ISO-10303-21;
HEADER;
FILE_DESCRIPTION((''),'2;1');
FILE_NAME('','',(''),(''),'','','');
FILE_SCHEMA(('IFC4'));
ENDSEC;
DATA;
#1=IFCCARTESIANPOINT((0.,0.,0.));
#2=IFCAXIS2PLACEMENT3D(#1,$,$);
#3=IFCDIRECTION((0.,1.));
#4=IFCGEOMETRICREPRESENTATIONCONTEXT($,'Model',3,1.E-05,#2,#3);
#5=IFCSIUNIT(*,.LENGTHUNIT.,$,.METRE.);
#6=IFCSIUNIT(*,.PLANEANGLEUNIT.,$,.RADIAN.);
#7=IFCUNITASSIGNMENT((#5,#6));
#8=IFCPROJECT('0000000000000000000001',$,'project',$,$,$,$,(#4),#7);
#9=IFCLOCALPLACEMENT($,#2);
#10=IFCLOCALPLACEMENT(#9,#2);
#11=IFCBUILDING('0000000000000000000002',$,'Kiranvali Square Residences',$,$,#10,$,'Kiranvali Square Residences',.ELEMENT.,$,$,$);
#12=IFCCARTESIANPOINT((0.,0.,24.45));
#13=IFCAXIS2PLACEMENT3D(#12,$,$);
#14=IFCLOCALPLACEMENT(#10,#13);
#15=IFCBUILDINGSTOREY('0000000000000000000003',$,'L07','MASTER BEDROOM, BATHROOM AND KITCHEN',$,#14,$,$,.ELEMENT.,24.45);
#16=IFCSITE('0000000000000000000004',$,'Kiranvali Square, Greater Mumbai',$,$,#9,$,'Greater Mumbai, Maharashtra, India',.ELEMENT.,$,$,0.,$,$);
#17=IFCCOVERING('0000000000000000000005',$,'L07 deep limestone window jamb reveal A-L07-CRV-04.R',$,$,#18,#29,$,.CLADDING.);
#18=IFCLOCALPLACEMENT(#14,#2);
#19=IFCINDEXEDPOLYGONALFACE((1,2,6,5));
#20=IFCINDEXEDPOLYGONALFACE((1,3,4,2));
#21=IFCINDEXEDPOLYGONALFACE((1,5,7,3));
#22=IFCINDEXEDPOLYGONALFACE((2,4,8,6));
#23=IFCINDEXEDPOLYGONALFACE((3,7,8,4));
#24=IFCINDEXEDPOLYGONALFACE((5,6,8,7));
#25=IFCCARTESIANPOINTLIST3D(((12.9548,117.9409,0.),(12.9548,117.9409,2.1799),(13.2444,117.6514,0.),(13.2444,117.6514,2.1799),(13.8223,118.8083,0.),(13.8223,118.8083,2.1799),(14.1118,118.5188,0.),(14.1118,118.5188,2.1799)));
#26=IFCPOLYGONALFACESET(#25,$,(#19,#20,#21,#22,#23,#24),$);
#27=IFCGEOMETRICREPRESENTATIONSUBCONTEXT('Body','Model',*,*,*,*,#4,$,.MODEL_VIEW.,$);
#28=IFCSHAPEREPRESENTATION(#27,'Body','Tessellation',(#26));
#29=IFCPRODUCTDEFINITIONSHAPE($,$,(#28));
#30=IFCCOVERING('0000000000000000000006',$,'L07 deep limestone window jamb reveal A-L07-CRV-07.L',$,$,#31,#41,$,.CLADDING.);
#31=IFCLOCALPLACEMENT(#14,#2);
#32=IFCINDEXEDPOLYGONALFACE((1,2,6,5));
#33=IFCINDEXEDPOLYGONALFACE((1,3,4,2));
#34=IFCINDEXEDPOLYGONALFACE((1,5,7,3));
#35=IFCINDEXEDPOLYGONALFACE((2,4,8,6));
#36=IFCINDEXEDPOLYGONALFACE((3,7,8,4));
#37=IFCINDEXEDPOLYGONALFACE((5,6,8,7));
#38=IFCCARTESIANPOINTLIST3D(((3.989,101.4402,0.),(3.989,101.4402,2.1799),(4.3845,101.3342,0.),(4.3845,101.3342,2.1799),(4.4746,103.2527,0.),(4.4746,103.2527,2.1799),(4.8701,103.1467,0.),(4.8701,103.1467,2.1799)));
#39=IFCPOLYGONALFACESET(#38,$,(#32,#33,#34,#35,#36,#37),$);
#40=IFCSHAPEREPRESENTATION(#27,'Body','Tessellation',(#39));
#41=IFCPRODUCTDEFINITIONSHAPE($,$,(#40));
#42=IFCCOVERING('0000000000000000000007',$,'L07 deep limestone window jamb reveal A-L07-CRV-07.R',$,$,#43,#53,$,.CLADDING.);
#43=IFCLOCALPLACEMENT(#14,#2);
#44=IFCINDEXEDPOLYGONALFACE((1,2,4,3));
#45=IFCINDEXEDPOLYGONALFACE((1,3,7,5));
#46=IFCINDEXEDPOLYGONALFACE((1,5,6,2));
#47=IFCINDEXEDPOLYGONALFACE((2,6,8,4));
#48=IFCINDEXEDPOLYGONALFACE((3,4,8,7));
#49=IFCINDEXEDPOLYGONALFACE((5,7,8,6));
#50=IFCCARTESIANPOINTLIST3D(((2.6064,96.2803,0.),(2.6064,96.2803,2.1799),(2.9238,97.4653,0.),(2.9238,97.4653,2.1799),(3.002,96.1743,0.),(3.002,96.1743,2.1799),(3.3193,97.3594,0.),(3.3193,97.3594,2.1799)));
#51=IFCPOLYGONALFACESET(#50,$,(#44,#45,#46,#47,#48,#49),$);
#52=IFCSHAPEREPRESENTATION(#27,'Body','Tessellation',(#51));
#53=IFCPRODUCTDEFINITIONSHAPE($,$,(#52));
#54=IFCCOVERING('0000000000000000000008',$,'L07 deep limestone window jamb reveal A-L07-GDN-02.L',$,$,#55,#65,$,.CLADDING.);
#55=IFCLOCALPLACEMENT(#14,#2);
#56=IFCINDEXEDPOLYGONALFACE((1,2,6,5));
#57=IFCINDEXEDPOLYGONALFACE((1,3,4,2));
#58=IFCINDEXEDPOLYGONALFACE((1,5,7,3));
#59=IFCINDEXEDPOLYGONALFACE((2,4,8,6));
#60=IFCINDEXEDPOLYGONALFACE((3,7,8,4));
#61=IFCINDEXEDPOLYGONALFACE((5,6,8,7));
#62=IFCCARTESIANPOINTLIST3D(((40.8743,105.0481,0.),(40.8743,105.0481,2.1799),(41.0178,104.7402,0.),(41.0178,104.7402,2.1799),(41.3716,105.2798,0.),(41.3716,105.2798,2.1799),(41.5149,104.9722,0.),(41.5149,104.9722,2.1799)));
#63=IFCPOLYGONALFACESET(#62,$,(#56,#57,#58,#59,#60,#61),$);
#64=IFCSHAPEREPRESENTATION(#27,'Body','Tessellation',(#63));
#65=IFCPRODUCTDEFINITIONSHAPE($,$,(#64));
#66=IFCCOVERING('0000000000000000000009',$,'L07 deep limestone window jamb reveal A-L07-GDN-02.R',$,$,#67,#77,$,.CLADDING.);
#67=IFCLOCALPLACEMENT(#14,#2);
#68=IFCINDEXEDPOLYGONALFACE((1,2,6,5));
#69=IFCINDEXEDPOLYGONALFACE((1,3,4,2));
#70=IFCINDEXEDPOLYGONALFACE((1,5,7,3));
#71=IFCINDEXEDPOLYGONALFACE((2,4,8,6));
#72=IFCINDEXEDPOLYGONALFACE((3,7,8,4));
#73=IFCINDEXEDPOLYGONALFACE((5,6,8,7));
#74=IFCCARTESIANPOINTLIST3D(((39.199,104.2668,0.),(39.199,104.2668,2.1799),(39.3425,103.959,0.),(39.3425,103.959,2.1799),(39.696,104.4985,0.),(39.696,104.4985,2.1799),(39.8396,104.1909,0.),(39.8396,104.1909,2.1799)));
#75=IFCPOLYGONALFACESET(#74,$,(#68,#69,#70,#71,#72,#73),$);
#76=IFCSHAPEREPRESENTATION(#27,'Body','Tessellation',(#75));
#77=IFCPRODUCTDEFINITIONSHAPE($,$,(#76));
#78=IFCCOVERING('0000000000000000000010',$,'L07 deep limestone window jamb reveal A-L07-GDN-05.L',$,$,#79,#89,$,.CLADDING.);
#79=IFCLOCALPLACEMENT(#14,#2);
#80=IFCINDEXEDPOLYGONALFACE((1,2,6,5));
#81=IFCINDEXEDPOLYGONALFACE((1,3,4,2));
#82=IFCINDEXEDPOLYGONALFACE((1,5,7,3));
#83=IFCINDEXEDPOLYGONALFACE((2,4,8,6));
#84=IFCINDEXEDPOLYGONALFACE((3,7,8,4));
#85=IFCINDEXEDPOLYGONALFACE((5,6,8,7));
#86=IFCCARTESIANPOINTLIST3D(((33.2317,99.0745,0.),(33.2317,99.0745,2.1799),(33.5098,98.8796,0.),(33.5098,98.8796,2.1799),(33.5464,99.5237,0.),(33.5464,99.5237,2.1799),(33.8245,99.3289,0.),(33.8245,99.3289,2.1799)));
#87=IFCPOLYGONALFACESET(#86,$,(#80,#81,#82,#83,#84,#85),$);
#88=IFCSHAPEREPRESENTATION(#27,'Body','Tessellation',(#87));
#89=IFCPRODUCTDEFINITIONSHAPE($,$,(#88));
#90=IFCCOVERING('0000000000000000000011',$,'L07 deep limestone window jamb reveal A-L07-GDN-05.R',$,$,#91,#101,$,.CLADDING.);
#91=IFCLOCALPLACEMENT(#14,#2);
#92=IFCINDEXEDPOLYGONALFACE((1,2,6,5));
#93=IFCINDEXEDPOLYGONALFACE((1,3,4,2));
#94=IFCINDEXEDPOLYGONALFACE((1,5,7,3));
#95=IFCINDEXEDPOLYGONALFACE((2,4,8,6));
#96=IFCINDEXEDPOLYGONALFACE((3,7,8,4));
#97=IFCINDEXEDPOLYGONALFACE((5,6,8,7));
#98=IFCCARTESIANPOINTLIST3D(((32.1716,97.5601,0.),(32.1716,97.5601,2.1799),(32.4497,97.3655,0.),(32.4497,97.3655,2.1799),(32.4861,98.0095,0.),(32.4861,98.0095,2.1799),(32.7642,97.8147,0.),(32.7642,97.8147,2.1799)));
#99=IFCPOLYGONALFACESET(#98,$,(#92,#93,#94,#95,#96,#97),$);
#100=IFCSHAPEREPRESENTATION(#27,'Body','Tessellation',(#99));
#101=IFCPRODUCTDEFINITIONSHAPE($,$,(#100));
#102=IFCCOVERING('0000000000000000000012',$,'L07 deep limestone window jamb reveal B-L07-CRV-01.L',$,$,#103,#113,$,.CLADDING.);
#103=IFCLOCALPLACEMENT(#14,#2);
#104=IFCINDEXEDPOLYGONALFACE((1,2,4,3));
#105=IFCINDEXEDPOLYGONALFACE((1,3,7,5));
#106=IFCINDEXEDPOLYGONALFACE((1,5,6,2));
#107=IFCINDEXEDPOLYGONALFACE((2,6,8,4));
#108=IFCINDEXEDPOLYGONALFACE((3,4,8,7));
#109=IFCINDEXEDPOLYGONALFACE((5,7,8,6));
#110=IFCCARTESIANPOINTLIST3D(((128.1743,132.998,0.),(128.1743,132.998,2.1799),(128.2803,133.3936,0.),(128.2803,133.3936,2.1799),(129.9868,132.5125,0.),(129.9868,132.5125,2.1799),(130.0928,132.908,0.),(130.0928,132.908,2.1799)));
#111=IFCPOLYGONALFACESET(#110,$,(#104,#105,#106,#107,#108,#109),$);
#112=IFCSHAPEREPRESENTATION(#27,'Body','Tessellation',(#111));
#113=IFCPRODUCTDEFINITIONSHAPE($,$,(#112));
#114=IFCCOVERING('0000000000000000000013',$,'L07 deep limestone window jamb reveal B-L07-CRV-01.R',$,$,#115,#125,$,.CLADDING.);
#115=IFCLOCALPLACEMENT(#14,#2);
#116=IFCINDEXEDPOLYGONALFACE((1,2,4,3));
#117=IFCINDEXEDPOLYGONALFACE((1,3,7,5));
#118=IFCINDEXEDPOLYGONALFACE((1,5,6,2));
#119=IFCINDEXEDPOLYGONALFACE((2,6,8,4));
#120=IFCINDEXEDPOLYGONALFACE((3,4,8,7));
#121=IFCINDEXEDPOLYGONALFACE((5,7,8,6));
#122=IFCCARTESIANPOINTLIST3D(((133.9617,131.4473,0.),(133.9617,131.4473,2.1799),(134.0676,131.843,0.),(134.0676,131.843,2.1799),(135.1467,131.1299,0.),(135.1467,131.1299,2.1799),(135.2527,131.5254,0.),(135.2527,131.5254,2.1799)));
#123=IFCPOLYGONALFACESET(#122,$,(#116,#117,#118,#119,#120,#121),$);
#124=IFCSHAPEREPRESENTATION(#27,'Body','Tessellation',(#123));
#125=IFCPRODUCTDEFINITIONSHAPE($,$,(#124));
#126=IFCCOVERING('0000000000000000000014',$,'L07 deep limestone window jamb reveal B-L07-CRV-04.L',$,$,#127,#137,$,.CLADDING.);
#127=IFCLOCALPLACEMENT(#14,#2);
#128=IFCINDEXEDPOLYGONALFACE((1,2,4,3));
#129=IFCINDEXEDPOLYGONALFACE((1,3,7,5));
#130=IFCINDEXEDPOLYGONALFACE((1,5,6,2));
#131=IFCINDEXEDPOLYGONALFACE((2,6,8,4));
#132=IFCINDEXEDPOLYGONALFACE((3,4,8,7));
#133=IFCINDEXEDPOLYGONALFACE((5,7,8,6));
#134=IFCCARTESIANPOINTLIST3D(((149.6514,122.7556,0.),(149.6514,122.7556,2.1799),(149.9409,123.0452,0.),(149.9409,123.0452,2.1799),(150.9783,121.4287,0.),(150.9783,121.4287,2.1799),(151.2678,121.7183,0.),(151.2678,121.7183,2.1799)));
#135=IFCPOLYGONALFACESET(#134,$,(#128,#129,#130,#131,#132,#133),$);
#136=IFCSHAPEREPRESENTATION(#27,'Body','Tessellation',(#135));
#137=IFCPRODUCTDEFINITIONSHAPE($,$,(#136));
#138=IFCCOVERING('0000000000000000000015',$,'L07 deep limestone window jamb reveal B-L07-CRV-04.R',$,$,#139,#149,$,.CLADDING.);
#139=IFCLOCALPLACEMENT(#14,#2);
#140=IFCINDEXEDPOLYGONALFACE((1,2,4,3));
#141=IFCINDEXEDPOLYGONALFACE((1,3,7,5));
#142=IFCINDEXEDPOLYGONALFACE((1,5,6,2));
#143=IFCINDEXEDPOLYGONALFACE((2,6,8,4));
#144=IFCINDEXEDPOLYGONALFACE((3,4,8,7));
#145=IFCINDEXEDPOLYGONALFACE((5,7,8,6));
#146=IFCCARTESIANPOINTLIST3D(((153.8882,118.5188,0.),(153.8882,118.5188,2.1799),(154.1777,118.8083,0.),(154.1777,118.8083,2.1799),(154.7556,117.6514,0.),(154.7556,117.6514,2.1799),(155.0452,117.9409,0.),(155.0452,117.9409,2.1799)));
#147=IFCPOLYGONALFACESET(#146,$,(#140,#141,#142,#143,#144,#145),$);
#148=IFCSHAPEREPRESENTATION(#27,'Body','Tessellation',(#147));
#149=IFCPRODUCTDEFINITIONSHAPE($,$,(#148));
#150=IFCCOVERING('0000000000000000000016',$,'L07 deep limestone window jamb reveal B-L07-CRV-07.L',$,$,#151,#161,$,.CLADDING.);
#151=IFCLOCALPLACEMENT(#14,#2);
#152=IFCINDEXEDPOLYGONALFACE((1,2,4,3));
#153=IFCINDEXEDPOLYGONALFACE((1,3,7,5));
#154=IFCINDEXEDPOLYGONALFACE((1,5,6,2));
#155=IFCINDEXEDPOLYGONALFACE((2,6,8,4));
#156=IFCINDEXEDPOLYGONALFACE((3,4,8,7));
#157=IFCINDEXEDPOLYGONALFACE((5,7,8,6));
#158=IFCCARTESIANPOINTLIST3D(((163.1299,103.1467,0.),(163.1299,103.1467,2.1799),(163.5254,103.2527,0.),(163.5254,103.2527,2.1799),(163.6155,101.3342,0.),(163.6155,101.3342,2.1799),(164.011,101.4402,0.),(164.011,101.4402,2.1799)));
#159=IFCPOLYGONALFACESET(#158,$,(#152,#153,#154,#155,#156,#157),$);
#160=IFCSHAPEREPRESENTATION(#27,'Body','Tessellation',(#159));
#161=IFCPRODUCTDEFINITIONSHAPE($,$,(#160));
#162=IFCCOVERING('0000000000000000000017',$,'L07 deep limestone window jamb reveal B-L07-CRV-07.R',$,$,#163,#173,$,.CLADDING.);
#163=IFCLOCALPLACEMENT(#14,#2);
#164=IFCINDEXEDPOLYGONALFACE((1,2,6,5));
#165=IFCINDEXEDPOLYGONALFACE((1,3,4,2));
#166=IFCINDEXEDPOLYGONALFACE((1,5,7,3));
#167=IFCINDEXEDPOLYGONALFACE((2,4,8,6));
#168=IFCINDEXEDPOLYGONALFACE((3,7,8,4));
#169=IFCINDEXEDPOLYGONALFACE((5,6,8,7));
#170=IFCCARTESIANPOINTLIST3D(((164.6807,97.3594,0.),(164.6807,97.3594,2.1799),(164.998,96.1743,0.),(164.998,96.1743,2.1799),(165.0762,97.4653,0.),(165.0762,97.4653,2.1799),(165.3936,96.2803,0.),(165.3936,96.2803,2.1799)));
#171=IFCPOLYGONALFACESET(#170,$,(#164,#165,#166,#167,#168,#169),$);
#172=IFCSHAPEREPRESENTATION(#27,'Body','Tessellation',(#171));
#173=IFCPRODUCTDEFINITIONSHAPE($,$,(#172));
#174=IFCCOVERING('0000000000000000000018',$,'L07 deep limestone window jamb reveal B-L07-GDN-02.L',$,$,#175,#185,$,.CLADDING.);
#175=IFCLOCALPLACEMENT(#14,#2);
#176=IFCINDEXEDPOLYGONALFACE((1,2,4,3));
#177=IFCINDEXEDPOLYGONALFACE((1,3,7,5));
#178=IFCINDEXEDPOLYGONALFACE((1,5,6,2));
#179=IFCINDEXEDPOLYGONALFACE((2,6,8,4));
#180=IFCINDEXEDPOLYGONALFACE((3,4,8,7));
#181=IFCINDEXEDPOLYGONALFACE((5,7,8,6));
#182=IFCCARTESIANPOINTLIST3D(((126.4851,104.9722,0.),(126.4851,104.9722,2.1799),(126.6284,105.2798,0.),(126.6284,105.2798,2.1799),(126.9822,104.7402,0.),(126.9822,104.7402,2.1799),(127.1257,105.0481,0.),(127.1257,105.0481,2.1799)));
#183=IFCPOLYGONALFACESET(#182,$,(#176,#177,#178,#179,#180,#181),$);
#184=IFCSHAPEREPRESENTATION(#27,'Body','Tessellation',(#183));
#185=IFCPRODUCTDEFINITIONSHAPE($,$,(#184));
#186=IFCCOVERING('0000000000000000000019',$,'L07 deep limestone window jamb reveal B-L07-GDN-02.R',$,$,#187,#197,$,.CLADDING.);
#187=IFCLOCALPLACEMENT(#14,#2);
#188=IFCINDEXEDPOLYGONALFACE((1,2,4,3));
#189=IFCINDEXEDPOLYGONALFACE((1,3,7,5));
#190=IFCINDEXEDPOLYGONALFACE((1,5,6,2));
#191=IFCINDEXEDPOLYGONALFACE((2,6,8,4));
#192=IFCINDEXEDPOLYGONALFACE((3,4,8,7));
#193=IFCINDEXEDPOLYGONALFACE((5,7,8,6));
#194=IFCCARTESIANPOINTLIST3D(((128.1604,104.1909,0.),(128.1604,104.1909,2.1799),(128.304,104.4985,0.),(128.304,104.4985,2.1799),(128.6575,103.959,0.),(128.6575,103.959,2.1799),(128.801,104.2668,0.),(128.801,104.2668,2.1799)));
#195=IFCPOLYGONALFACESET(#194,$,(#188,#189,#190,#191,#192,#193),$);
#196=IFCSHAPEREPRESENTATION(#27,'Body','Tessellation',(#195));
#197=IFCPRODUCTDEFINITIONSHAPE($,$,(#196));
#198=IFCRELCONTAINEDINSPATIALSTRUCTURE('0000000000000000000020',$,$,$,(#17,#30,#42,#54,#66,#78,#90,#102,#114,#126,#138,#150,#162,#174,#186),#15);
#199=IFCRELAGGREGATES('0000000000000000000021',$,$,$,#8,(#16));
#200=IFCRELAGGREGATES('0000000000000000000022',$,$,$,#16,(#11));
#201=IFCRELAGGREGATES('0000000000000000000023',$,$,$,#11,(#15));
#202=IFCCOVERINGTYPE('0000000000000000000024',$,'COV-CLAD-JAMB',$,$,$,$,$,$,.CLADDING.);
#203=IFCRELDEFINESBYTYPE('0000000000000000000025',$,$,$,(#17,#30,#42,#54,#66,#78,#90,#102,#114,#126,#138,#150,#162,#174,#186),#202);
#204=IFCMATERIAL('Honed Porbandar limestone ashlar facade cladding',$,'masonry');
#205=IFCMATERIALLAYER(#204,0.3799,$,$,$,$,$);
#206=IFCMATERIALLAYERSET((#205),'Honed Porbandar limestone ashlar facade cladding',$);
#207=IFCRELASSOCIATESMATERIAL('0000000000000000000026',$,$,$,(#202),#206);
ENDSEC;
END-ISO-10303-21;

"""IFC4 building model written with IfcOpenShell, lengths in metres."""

from ifc_helpers import new_model, si_unit, direction, frame, origin, place, context, subcontext, project, spatial, polyline, outline, extrude, material, layer, layer_set, type_object, element, save


model = new_model("IFC4")

# Units and contexts
model_context = context("Model", 3, precision=1e-05, world=origin(), true_north=direction((0.0, 1.0)))
body_context = subcontext(model_context, "Body", "Model", "MODEL_VIEW")
ifc_project = project(units=[si_unit("LENGTHUNIT", "METRE"), si_unit("PLANEANGLEUNIT", "RADIAN")], contexts=[model_context])

# Site, building, storey
site_placement = place(None, origin())
site = spatial("IfcSite", under=ifc_project, at=site_placement, Name="Kiranvali Square, Greater Mumbai", LongName="Greater Mumbai, Maharashtra, India", CompositionType="ELEMENT", RefElevation=0.0)
building_placement = place(site_placement, origin())
building = spatial("IfcBuilding", under=site, at=building_placement, Name="Kiranvali Square Residences", LongName="Kiranvali Square Residences", CompositionType="ELEMENT")
storey_placement = place(building_placement, frame((0.0, 0.0, 24.45)))
storey = spatial("IfcBuildingStorey", under=building, at=storey_placement, Name="L07", Description="MASTER BEDROOM, BATHROOM AND KITCHEN", CompositionType="ELEMENT", Elevation=24.45)

# Coverings
ifc_material_1 = material(Name="Honed Porbandar limestone ashlar facade cladding", Category="masonry")
ifc_layer_1 = layer(ifc_material_1, 0.3799)
ifc_layer_set_1 = layer_set([ifc_layer_1], Name="Honed Porbandar limestone ashlar facade cladding")
covering_type_1 = type_object("IfcCoveringType", Name="COV-CLAD-JAMB", PredefinedType="CLADDING", material=ifc_layer_set_1)
covering_1_placement = place(storey_placement, origin())
element("IfcCovering", 1, at=covering_1_placement, inside=storey, type_object=covering_type_1, Name="L07 deep limestone window jamb reveal A-L07-CRV-04.R", PredefinedType="CLADDING", context=body_context, shape_type="SweptSolid", body=[
    extrude(outline(polyline([(13.8223, 118.8083), (12.9548, 117.9409), (13.2444, 117.6514), (14.1118, 118.5188), (13.8223, 118.8083)])), origin(), (0.0, 0.0, 1.0), 2.1799),
])
covering_2_placement = place(storey_placement, origin())
element("IfcCovering", 2, at=covering_2_placement, inside=storey, type_object=covering_type_1, Name="L07 deep limestone window jamb reveal A-L07-CRV-07.L", PredefinedType="CLADDING", context=body_context, shape_type="SweptSolid", body=[
    extrude(outline(polyline([(4.4746, 103.2527), (3.989, 101.4402), (4.3845, 101.3342), (4.8701, 103.1467), (4.4746, 103.2527)])), origin(), (0.0, 0.0, 1.0), 2.1799),
])
covering_3_placement = place(storey_placement, origin())
element("IfcCovering", 3, at=covering_3_placement, inside=storey, type_object=covering_type_1, Name="L07 deep limestone window jamb reveal A-L07-CRV-07.R", PredefinedType="CLADDING", context=body_context, shape_type="SweptSolid", body=[
    extrude(outline(polyline([(2.9238, 97.4653), (2.6064, 96.2803), (3.002, 96.1743), (3.3193, 97.3594), (2.9238, 97.4653)])), origin(), (0.0, 0.0, 1.0), 2.1799),
])
covering_4_placement = place(storey_placement, origin())
element("IfcCovering", 4, at=covering_4_placement, inside=storey, type_object=covering_type_1, Name="L07 deep limestone window jamb reveal A-L07-GDN-02.L", PredefinedType="CLADDING", context=body_context, shape_type="SweptSolid", body=[
    extrude(outline(polyline([(41.3716, 105.2798), (40.8743, 105.0481), (41.0178, 104.7402), (41.5149, 104.9722), (41.3716, 105.2798)])), origin(), (0.0, 0.0, 1.0), 2.1799),
])
covering_5_placement = place(storey_placement, origin())
element("IfcCovering", 5, at=covering_5_placement, inside=storey, type_object=covering_type_1, Name="L07 deep limestone window jamb reveal A-L07-GDN-02.R", PredefinedType="CLADDING", context=body_context, shape_type="SweptSolid", body=[
    extrude(outline(polyline([(39.696, 104.4985), (39.199, 104.2668), (39.3425, 103.959), (39.8396, 104.1909), (39.696, 104.4985)])), origin(), (0.0, 0.0, 1.0), 2.1799),
])
covering_6_placement = place(storey_placement, origin())
element("IfcCovering", 6, at=covering_6_placement, inside=storey, type_object=covering_type_1, Name="L07 deep limestone window jamb reveal A-L07-GDN-05.L", PredefinedType="CLADDING", context=body_context, shape_type="SweptSolid", body=[
    extrude(outline(polyline([(33.5464, 99.5237), (33.2317, 99.0745), (33.5098, 98.8796), (33.8245, 99.3289), (33.5464, 99.5237)])), origin(), (0.0, 0.0, 1.0), 2.1799),
])
covering_7_placement = place(storey_placement, origin())
element("IfcCovering", 7, at=covering_7_placement, inside=storey, type_object=covering_type_1, Name="L07 deep limestone window jamb reveal A-L07-GDN-05.R", PredefinedType="CLADDING", context=body_context, shape_type="SweptSolid", body=[
    extrude(outline(polyline([(32.4861, 98.0095), (32.1716, 97.5601), (32.4497, 97.3655), (32.7642, 97.8147), (32.4861, 98.0095)])), origin(), (0.0, 0.0, 1.0), 2.1799),
])
covering_8_placement = place(storey_placement, origin())
element("IfcCovering", 8, at=covering_8_placement, inside=storey, type_object=covering_type_1, Name="L07 deep limestone window jamb reveal B-L07-CRV-01.L", PredefinedType="CLADDING", context=body_context, shape_type="SweptSolid", body=[
    extrude(outline(polyline([(128.1743, 132.998), (129.9868, 132.5125), (130.0928, 132.908), (128.2803, 133.3936), (128.1743, 132.998)])), origin(), (0.0, 0.0, 1.0), 2.1799),
])
covering_9_placement = place(storey_placement, origin())
element("IfcCovering", 9, at=covering_9_placement, inside=storey, type_object=covering_type_1, Name="L07 deep limestone window jamb reveal B-L07-CRV-01.R", PredefinedType="CLADDING", context=body_context, shape_type="SweptSolid", body=[
    extrude(outline(polyline([(133.9617, 131.4473), (135.1467, 131.1299), (135.2527, 131.5254), (134.0676, 131.843), (133.9617, 131.4473)])), origin(), (0.0, 0.0, 1.0), 2.1799),
])
covering_10_placement = place(storey_placement, origin())
element("IfcCovering", 10, at=covering_10_placement, inside=storey, type_object=covering_type_1, Name="L07 deep limestone window jamb reveal B-L07-CRV-04.L", PredefinedType="CLADDING", context=body_context, shape_type="SweptSolid", body=[
    extrude(outline(polyline([(149.6514, 122.7556), (150.9783, 121.4287), (151.2678, 121.7183), (149.9409, 123.0452), (149.6514, 122.7556)])), origin(), (0.0, 0.0, 1.0), 2.1799),
])
covering_11_placement = place(storey_placement, origin())
element("IfcCovering", 11, at=covering_11_placement, inside=storey, type_object=covering_type_1, Name="L07 deep limestone window jamb reveal B-L07-CRV-04.R", PredefinedType="CLADDING", context=body_context, shape_type="SweptSolid", body=[
    extrude(outline(polyline([(153.8882, 118.5188), (154.7556, 117.6514), (155.0452, 117.9409), (154.1777, 118.8083), (153.8882, 118.5188)])), origin(), (0.0, 0.0, 1.0), 2.1799),
])
covering_12_placement = place(storey_placement, origin())
element("IfcCovering", 12, at=covering_12_placement, inside=storey, type_object=covering_type_1, Name="L07 deep limestone window jamb reveal B-L07-CRV-07.L", PredefinedType="CLADDING", context=body_context, shape_type="SweptSolid", body=[
    extrude(outline(polyline([(163.1299, 103.1467), (163.6155, 101.3342), (164.011, 101.4402), (163.5254, 103.2527), (163.1299, 103.1467)])), origin(), (0.0, 0.0, 1.0), 2.1799),
])
covering_13_placement = place(storey_placement, origin())
element("IfcCovering", 13, at=covering_13_placement, inside=storey, type_object=covering_type_1, Name="L07 deep limestone window jamb reveal B-L07-CRV-07.R", PredefinedType="CLADDING", context=body_context, shape_type="SweptSolid", body=[
    extrude(outline(polyline([(164.6807, 97.3594), (164.998, 96.1743), (165.3936, 96.2803), (165.0762, 97.4653), (164.6807, 97.3594)])), origin(), (0.0, 0.0, 1.0), 2.1799),
])
covering_14_placement = place(storey_placement, origin())
element("IfcCovering", 14, at=covering_14_placement, inside=storey, type_object=covering_type_1, Name="L07 deep limestone window jamb reveal B-L07-GDN-02.L", PredefinedType="CLADDING", context=body_context, shape_type="SweptSolid", body=[
    extrude(outline(polyline([(126.4851, 104.9722), (126.9822, 104.7402), (127.1257, 105.0481), (126.6284, 105.2798), (126.4851, 104.9722)])), origin(), (0.0, 0.0, 1.0), 2.1799),
])
covering_15_placement = place(storey_placement, origin())
element("IfcCovering", 15, at=covering_15_placement, inside=storey, type_object=covering_type_1, Name="L07 deep limestone window jamb reveal B-L07-GDN-02.R", PredefinedType="CLADDING", context=body_context, shape_type="SweptSolid", body=[
    extrude(outline(polyline([(128.1604, 104.1909), (128.6575, 103.959), (128.801, 104.2668), (128.304, 104.4985), (128.1604, 104.1909)])), origin(), (0.0, 0.0, 1.0), 2.1799),
])

save(model, "model.ifc")
